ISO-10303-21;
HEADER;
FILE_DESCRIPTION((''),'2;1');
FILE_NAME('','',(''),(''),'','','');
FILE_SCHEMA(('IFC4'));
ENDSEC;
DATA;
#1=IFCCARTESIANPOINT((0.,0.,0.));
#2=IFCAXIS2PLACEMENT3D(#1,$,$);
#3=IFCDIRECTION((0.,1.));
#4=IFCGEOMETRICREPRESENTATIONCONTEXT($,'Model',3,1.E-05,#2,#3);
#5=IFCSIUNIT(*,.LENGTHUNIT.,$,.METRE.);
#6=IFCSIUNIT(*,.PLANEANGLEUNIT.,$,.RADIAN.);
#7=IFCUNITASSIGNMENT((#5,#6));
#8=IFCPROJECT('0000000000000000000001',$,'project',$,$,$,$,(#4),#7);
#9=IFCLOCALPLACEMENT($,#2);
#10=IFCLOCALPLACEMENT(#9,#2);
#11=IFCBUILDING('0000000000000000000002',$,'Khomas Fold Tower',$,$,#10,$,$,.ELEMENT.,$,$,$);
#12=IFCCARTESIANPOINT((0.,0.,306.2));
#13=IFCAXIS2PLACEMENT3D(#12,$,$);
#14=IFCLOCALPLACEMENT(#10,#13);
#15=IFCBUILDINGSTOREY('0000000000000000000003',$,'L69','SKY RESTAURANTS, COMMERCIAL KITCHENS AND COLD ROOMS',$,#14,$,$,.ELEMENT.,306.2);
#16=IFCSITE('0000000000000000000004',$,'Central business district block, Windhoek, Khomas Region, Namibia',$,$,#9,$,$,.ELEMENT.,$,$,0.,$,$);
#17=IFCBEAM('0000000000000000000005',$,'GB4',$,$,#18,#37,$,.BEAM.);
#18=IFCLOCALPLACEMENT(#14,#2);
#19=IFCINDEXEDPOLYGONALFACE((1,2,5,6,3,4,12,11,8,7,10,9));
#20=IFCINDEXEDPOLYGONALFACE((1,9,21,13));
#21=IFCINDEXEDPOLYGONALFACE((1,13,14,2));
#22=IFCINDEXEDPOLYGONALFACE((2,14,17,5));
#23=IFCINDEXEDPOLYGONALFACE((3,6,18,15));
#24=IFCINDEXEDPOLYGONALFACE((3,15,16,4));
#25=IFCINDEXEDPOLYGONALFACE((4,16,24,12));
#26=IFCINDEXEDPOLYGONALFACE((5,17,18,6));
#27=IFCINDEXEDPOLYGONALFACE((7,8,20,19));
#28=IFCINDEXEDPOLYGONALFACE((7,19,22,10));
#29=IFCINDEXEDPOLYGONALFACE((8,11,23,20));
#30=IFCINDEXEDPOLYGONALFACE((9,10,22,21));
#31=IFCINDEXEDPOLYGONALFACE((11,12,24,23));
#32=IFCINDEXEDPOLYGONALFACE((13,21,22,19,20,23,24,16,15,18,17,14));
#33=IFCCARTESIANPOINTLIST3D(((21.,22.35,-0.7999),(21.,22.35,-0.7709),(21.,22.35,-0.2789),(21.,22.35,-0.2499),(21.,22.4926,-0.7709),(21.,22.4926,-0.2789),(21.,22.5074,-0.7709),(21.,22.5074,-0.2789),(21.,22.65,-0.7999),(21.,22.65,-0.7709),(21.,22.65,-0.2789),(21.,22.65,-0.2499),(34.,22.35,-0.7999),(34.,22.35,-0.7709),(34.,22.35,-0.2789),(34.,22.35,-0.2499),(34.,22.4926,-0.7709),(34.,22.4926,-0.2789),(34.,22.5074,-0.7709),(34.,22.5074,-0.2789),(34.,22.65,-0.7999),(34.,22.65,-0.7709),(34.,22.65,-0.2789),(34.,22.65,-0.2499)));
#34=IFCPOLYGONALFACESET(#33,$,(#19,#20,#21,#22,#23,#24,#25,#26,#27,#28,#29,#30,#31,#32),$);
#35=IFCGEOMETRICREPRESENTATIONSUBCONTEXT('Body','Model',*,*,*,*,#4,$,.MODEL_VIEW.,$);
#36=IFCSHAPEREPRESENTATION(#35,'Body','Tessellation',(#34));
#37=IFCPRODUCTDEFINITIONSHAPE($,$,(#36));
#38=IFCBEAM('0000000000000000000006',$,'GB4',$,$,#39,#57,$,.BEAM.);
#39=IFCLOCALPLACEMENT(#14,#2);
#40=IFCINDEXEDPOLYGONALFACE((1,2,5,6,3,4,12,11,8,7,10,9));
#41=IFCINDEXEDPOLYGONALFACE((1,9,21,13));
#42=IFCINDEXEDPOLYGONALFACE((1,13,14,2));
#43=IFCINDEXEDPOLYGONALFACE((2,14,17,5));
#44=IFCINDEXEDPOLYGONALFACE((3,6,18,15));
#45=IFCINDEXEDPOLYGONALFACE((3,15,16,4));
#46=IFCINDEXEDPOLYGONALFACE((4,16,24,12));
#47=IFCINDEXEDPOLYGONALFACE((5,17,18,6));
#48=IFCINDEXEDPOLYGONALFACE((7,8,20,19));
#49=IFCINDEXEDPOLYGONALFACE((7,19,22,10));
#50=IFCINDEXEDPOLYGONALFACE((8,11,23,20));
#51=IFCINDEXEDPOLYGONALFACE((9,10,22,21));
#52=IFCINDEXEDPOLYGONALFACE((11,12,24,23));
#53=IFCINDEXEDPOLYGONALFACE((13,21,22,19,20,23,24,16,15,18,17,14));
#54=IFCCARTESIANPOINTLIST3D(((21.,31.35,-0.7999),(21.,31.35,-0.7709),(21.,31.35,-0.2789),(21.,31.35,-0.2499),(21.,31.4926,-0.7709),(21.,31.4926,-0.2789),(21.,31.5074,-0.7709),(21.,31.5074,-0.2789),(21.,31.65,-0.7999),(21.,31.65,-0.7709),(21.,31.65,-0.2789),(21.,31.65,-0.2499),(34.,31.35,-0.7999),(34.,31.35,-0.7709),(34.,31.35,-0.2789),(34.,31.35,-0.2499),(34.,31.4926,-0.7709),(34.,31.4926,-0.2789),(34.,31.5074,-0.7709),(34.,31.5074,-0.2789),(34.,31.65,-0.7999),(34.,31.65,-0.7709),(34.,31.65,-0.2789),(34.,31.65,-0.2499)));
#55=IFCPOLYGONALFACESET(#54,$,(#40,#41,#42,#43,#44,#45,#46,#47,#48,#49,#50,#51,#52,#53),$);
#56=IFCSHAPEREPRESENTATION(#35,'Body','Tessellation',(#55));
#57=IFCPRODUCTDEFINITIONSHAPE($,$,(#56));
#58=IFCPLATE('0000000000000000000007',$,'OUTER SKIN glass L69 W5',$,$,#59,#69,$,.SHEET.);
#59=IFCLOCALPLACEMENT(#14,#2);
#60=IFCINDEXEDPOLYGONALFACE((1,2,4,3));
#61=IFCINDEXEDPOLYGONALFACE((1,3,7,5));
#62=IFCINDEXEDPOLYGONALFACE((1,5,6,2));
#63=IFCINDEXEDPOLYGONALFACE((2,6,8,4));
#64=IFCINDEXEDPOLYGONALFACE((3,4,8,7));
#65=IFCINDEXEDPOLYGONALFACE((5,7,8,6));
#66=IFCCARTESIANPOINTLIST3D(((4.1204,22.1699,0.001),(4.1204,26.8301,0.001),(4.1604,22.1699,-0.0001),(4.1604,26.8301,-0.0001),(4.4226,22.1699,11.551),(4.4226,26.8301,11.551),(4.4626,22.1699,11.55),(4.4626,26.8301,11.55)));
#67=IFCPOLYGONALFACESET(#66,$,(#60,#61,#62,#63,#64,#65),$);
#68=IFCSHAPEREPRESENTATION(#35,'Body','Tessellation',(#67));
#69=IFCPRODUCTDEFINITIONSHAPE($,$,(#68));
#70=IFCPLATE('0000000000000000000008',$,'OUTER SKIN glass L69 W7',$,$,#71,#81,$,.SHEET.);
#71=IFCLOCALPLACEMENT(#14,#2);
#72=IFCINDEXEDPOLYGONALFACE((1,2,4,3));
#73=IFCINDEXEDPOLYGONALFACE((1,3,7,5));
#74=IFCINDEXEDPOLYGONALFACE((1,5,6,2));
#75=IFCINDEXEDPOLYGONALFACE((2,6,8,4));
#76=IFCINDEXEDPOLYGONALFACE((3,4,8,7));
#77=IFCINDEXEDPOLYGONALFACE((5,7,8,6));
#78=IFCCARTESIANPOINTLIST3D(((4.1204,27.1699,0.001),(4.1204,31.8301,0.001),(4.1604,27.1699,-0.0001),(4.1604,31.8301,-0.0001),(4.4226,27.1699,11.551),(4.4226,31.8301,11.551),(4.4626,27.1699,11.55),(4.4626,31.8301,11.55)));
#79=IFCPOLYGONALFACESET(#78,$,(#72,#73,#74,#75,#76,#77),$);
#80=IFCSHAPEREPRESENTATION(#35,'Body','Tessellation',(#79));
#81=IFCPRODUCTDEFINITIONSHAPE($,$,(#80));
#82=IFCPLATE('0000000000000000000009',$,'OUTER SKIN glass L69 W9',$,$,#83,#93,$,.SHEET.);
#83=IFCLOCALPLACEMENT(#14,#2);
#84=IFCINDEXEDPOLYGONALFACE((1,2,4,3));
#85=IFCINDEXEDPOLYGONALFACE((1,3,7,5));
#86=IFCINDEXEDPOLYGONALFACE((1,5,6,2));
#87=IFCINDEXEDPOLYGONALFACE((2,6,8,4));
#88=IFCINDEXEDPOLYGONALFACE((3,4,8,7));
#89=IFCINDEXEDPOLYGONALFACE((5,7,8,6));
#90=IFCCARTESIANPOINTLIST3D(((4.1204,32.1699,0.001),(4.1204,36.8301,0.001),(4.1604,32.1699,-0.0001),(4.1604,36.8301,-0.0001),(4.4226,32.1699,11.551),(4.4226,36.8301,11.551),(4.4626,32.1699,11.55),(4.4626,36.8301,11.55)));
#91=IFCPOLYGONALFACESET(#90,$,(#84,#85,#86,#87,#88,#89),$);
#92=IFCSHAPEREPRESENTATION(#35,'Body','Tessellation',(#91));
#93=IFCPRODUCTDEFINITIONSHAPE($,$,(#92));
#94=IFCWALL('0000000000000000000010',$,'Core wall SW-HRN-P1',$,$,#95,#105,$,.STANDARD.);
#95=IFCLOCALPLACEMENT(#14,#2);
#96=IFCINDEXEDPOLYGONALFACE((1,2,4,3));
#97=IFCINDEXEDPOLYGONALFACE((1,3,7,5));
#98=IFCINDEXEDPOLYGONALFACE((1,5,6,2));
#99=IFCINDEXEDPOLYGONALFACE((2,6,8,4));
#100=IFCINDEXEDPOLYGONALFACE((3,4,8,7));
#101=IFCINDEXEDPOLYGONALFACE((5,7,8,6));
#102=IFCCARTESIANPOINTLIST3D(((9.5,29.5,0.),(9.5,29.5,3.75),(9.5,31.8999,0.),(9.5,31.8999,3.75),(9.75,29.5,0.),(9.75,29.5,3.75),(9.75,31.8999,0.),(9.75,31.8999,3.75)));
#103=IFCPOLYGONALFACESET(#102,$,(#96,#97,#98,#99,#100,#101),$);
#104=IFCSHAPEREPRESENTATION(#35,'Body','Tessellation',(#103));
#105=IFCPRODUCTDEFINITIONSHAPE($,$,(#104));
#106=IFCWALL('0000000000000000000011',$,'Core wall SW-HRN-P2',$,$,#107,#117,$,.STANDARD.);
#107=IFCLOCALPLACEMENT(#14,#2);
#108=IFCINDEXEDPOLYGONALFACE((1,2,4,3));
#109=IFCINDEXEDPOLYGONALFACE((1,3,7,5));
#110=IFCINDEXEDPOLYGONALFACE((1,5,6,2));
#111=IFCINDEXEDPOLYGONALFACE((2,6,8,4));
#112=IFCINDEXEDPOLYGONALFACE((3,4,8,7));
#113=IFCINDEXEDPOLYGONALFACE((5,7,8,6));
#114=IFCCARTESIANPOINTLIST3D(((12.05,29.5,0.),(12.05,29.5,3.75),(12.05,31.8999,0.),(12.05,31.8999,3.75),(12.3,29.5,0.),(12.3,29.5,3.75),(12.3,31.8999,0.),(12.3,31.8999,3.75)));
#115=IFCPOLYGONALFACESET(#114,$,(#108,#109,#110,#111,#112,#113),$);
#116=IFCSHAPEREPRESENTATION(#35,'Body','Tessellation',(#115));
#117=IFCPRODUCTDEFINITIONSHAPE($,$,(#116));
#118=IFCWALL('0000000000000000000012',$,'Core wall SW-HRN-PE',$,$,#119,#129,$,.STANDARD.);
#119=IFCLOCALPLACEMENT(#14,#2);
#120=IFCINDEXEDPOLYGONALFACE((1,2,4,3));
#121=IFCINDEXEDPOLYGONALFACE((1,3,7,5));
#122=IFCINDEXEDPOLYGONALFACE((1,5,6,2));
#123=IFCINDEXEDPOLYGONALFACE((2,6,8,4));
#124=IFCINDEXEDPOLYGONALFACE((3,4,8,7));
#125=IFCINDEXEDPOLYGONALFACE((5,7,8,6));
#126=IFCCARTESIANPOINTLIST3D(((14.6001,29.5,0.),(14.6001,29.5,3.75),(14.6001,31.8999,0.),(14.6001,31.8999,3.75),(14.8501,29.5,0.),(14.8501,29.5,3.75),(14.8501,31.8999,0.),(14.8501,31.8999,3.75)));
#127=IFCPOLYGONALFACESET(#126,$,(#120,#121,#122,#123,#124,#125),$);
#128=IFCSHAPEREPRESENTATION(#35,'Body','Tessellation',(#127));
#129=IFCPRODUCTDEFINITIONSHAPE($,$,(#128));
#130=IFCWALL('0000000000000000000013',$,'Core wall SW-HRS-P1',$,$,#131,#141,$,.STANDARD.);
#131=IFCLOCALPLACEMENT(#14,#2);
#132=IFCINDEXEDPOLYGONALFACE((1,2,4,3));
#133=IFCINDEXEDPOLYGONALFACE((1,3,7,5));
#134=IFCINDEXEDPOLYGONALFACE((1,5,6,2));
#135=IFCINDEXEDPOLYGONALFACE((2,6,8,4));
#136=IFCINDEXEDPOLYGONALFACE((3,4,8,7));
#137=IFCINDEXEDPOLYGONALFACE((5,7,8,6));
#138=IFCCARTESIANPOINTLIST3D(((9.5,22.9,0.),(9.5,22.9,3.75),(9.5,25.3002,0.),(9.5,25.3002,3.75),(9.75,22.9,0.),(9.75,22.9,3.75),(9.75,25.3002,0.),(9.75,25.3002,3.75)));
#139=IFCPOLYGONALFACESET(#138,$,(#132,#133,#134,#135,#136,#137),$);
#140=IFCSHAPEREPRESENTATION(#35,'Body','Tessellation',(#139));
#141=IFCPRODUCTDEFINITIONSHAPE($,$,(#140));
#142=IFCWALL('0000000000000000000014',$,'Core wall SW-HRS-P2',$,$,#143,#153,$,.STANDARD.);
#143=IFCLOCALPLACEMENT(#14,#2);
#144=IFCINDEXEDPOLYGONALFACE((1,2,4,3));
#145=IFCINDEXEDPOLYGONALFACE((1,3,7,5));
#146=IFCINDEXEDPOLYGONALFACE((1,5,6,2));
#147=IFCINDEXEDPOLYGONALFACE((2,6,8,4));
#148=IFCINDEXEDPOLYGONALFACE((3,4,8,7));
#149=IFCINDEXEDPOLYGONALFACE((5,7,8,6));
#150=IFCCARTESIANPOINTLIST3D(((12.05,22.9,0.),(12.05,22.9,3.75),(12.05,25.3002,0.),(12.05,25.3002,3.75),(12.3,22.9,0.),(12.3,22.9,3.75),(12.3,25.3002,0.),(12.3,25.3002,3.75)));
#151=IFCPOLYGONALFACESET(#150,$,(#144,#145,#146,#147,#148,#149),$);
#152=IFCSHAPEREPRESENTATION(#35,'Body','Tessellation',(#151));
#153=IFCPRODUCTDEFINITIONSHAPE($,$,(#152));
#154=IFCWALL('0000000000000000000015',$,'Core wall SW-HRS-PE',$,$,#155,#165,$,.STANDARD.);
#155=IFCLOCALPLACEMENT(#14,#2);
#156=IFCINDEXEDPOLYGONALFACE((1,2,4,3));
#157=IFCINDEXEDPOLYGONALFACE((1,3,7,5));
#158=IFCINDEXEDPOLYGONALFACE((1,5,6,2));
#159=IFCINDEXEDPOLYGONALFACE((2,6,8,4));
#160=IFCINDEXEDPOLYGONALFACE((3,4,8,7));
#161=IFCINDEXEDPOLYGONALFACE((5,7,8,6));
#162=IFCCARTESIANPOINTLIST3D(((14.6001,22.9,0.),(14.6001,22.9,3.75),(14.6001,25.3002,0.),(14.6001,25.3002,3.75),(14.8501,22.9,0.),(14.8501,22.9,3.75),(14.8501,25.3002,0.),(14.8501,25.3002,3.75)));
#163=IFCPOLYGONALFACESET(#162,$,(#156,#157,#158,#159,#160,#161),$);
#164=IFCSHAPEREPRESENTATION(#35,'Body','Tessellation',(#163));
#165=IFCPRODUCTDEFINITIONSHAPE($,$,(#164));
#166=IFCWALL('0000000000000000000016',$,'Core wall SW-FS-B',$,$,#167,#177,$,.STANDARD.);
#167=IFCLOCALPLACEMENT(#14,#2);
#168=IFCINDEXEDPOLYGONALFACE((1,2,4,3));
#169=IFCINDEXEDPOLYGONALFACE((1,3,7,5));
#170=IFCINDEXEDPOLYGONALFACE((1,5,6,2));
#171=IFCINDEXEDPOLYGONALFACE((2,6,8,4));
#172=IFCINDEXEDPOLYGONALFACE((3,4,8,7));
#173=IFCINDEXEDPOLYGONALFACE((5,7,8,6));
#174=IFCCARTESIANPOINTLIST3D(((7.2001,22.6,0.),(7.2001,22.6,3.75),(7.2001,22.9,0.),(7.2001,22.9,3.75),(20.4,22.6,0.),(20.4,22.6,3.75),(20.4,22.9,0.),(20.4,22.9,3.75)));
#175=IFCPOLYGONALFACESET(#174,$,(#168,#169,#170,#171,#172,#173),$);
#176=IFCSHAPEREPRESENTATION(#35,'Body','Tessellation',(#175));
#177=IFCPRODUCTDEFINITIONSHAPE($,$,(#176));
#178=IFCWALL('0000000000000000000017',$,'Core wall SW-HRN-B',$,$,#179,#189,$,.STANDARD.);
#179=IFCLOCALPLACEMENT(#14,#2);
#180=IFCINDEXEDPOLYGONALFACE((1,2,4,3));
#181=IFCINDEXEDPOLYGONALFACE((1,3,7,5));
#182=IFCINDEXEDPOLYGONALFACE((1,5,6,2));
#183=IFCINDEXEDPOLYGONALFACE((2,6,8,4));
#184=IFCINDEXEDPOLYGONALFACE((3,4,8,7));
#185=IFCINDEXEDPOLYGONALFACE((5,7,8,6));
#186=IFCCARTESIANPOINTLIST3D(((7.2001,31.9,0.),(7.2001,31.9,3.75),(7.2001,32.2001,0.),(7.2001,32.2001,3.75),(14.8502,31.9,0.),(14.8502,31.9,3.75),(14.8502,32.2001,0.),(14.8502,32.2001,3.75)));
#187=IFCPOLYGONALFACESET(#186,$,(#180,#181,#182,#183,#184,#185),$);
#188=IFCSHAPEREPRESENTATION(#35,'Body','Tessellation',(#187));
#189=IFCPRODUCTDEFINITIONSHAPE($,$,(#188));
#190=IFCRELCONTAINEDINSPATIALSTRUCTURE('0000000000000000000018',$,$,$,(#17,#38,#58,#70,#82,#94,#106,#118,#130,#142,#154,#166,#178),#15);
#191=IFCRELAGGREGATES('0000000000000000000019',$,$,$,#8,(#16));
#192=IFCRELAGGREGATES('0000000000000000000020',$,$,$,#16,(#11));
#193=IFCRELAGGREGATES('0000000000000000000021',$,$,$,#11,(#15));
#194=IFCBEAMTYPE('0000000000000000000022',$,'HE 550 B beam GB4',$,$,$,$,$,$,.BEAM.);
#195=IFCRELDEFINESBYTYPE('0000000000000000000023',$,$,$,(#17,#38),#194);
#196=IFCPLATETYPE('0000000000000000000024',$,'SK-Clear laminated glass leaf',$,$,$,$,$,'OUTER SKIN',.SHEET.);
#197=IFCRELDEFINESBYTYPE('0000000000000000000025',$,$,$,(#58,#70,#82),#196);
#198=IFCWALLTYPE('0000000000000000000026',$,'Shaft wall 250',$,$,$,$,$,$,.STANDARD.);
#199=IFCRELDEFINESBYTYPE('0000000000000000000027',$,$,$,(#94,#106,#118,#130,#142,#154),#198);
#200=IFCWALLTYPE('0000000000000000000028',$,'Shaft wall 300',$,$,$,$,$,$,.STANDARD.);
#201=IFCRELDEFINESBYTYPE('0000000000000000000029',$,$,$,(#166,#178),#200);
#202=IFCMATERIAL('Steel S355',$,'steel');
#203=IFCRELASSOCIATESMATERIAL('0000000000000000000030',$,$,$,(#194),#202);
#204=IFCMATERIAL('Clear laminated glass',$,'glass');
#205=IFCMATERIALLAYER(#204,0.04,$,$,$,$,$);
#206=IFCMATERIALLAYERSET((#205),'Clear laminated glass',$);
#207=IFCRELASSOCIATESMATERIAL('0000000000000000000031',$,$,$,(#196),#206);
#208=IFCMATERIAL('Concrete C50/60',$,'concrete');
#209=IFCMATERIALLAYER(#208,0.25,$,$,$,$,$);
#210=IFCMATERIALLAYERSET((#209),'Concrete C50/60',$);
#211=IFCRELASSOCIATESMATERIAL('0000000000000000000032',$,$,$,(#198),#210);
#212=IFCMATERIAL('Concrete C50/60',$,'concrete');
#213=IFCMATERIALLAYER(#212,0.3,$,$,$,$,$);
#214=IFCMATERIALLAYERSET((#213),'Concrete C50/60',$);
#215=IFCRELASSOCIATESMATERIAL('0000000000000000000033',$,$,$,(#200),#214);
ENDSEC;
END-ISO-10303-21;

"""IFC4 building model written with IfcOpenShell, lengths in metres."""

from ifc_helpers import new_model, si_unit, direction, frame, frame_2d, origin, origin_2d, place, context, subcontext, project, spatial, polyline, rectangle, i_section, outline, extrude, source, transform, mapped, material, layer, layer_set, material_profile, profile_set, type_object, element, save


model = new_model("IFC4")

# Units and contexts
model_context = context("Model", 3, precision=1e-05, world=origin(), true_north=direction((0.0, 1.0)))
body_context = subcontext(model_context, "Body", "Model", "MODEL_VIEW")
ifc_project = project(units=[si_unit("LENGTHUNIT", "METRE"), si_unit("PLANEANGLEUNIT", "RADIAN")], contexts=[model_context])

# Site, building, storey
site_placement = place(None, origin())
site = spatial("IfcSite", under=ifc_project, at=site_placement, Name="Central business district block, Windhoek, Khomas Region, Namibia", CompositionType="ELEMENT", RefElevation=0.0)
building_placement = place(site_placement, origin())
building = spatial("IfcBuilding", under=site, at=building_placement, Name="Khomas Fold Tower", CompositionType="ELEMENT")
storey_placement = place(building_placement, frame((0.0, 0.0, 306.2)))
storey = spatial("IfcBuildingStorey", under=building, at=storey_placement, Name="L69", Description="SKY RESTAURANTS, COMMERCIAL KITCHENS AND COLD ROOMS", CompositionType="ELEMENT", Elevation=306.2)

# Beams
ifc_material_1 = material(Name="Steel S355", Category="steel")
ifc_material_profile = material_profile(ifc_material_1, i_section(OverallWidth=0.3, OverallDepth=0.55, WebThickness=0.0149, FlangeThickness=0.0291, at=origin_2d()), Name="HE 550 B")
ifc_profile_set = profile_set([ifc_material_profile], Name="Steel S355")
beam_type = type_object("IfcBeamType", Name="HE 550 B beam GB4", PredefinedType="BEAM", material=ifc_profile_set)
shared_shape_1 = source(origin(), body_context, "Body", "SweptSolid", [
    extrude(i_section(OverallWidth=0.3, OverallDepth=0.55, WebThickness=0.0149, FlangeThickness=0.0291, at=origin_2d()), origin(), (0.0, 0.0, 1.0), 13.0),
])
for number, where, z_axis, x_axis, name in (
    (1, (21.0, 22.5, -0.5249), (1.0, 0.0, 0.0), (0.0, 1.0, 0.0), "GB4"),
    (2, (21.0, 31.5, -0.5249), (1.0, 0.0, 0.0), (0.0, 1.0, 0.0), "GB4"),
):
    element("IfcBeam", number, at=place(storey_placement, frame(where, z_axis=z_axis, x_axis=x_axis)), inside=storey, type_object=beam_type, Name=name, PredefinedType="BEAM", context=body_context, shape_type="MappedRepresentation", body=[
        mapped(shared_shape_1, transform((0.0, 0.0, 0.0))),
    ])

# Plates
ifc_material_2 = material(Name="Clear laminated glass", Category="glass")
ifc_layer_1 = layer(ifc_material_2, 0.04)
ifc_layer_set_1 = layer_set([ifc_layer_1], Name="Clear laminated glass")
plate_type = type_object("IfcPlateType", Name="SK-Clear laminated glass leaf", ElementType="OUTER SKIN", PredefinedType="SHEET", material=ifc_layer_set_1)
for number, where, z_axis, x_axis, name in (
    (3, (4.1204, 22.1699, 0.001), (-0.999658, 0.0, 0.026159), (0.0, 1.0, 0.0), "OUTER SKIN glass L69 W5"),
    (4, (4.1204, 27.1699, 0.001), (-0.999658, 0.0, 0.026159), (0.0, 1.0, 0.0), "OUTER SKIN glass L69 W7"),
    (5, (4.1204, 32.1699, 0.001), (-0.999658, 0.0, 0.026159), (0.0, 1.0, 0.0), "OUTER SKIN glass L69 W9"),
):
    element("IfcPlate", number, at=place(storey_placement, frame(where, z_axis=z_axis, x_axis=x_axis)), inside=storey, type_object=plate_type, Name=name, PredefinedType="SHEET", context=body_context, shape_type="SweptSolid", body=[
        extrude(outline(polyline([(0.0, 0.0), (4.6602, 0.0), (4.6602, -11.554), (0.0, -11.554), (0.0, 0.0)])), origin(), (0.0, 0.0, -1.0), 0.04),
    ])

# Walls
ifc_material_3 = material(Name="Concrete C50/60", Category="concrete")
ifc_layer_2 = layer(ifc_material_3, 0.25)
ifc_layer_set_2 = layer_set([ifc_layer_2], Name="Concrete C50/60")
wall_type_1 = type_object("IfcWallType", Name="Shaft wall 250", PredefinedType="STANDARD", material=ifc_layer_set_2)
shared_shape_2 = source(origin(), body_context, "Body", "SweptSolid", [
    extrude(rectangle(XDim=2.3999, YDim=0.25, at=frame_2d((1.2, 0.0))), origin(), (0.0, 0.0, 1.0), 3.75),
])
for number, where, z_axis, x_axis, name in (
    (6, (9.625, 29.5, 0.0), (0.0, 0.0, 1.0), (0.0, 1.0, 0.0), "Core wall SW-HRN-P1"),
    (7, (12.175, 29.5, 0.0), (0.0, 0.0, 1.0), (0.0, 1.0, 0.0), "Core wall SW-HRN-P2"),
    (8, (14.7251, 29.5, 0.0), (0.0, 0.0, 1.0), (0.0, 1.0, 0.0), "Core wall SW-HRN-PE"),
):
    element("IfcWall", number, at=place(storey_placement, frame(where, z_axis=z_axis, x_axis=x_axis)), inside=storey, type_object=wall_type_1, Name=name, PredefinedType="STANDARD", context=body_context, shape_type="MappedRepresentation", body=[
        mapped(shared_shape_2, transform((0.0, 0.0, 0.0))),
    ])
shared_shape_3 = source(origin(), body_context, "Body", "SweptSolid", [
    extrude(rectangle(XDim=2.4001, YDim=0.25, at=frame_2d((1.2002, 0.0))), origin(), (0.0, 0.0, 1.0), 3.75),
])
for number, where, z_axis, x_axis, name in (
    (9, (9.625, 22.8999, 0.0), (0.0, 0.0, 1.0), (0.0, 1.0, 0.0), "Core wall SW-HRS-P1"),
    (10, (12.175, 22.8999, 0.0), (0.0, 0.0, 1.0), (0.0, 1.0, 0.0), "Core wall SW-HRS-P2"),
    (11, (14.7251, 22.8999, 0.0), (0.0, 0.0, 1.0), (0.0, 1.0, 0.0), "Core wall SW-HRS-PE"),
):
    element("IfcWall", number, at=place(storey_placement, frame(where, z_axis=z_axis, x_axis=x_axis)), inside=storey, type_object=wall_type_1, Name=name, PredefinedType="STANDARD", context=body_context, shape_type="MappedRepresentation", body=[
        mapped(shared_shape_3, transform((0.0, 0.0, 0.0))),
    ])
ifc_material_4 = material(Name="Concrete C50/60", Category="concrete")
ifc_layer_3 = layer(ifc_material_4, 0.3)
ifc_layer_set_3 = layer_set([ifc_layer_3], Name="Concrete C50/60")
wall_type_2 = type_object("IfcWallType", Name="Shaft wall 300", PredefinedType="STANDARD", material=ifc_layer_set_3)
shared_shape_4 = source(origin(), body_context, "Body", "SweptSolid", [
    extrude(rectangle(XDim=13.2, YDim=0.3, at=frame_2d((6.6001, 0.0))), origin(), (0.0, 0.0, 1.0), 3.75),
])
wall_1_placement = place(storey_placement, frame((7.2, 22.75, 0.0), z_axis=(0.0, 0.0, 1.0), x_axis=(1.0, 0.0, 0.0)))
element("IfcWall", 12, at=wall_1_placement, inside=storey, type_object=wall_type_2, Name="Core wall SW-FS-B", PredefinedType="STANDARD", context=body_context, shape_type="MappedRepresentation", body=[
    mapped(shared_shape_4, transform((0.0, 0.0, 0.0))),
])
shared_shape_5 = source(origin(), body_context, "Body", "SweptSolid", [
    extrude(rectangle(XDim=7.6501, YDim=0.3, at=frame_2d((3.8252, 0.0))), origin(), (0.0, 0.0, 1.0), 3.75),
])
wall_2_placement = place(storey_placement, frame((7.2, 32.05, 0.0), z_axis=(0.0, 0.0, 1.0), x_axis=(1.0, 0.0, 0.0)))
element("IfcWall", 13, at=wall_2_placement, inside=storey, type_object=wall_type_2, Name="Core wall SW-HRN-B", PredefinedType="STANDARD", context=body_context, shape_type="MappedRepresentation", body=[
    mapped(shared_shape_5, transform((0.0, 0.0, 0.0))),
])

save(model, "model.ifc")
